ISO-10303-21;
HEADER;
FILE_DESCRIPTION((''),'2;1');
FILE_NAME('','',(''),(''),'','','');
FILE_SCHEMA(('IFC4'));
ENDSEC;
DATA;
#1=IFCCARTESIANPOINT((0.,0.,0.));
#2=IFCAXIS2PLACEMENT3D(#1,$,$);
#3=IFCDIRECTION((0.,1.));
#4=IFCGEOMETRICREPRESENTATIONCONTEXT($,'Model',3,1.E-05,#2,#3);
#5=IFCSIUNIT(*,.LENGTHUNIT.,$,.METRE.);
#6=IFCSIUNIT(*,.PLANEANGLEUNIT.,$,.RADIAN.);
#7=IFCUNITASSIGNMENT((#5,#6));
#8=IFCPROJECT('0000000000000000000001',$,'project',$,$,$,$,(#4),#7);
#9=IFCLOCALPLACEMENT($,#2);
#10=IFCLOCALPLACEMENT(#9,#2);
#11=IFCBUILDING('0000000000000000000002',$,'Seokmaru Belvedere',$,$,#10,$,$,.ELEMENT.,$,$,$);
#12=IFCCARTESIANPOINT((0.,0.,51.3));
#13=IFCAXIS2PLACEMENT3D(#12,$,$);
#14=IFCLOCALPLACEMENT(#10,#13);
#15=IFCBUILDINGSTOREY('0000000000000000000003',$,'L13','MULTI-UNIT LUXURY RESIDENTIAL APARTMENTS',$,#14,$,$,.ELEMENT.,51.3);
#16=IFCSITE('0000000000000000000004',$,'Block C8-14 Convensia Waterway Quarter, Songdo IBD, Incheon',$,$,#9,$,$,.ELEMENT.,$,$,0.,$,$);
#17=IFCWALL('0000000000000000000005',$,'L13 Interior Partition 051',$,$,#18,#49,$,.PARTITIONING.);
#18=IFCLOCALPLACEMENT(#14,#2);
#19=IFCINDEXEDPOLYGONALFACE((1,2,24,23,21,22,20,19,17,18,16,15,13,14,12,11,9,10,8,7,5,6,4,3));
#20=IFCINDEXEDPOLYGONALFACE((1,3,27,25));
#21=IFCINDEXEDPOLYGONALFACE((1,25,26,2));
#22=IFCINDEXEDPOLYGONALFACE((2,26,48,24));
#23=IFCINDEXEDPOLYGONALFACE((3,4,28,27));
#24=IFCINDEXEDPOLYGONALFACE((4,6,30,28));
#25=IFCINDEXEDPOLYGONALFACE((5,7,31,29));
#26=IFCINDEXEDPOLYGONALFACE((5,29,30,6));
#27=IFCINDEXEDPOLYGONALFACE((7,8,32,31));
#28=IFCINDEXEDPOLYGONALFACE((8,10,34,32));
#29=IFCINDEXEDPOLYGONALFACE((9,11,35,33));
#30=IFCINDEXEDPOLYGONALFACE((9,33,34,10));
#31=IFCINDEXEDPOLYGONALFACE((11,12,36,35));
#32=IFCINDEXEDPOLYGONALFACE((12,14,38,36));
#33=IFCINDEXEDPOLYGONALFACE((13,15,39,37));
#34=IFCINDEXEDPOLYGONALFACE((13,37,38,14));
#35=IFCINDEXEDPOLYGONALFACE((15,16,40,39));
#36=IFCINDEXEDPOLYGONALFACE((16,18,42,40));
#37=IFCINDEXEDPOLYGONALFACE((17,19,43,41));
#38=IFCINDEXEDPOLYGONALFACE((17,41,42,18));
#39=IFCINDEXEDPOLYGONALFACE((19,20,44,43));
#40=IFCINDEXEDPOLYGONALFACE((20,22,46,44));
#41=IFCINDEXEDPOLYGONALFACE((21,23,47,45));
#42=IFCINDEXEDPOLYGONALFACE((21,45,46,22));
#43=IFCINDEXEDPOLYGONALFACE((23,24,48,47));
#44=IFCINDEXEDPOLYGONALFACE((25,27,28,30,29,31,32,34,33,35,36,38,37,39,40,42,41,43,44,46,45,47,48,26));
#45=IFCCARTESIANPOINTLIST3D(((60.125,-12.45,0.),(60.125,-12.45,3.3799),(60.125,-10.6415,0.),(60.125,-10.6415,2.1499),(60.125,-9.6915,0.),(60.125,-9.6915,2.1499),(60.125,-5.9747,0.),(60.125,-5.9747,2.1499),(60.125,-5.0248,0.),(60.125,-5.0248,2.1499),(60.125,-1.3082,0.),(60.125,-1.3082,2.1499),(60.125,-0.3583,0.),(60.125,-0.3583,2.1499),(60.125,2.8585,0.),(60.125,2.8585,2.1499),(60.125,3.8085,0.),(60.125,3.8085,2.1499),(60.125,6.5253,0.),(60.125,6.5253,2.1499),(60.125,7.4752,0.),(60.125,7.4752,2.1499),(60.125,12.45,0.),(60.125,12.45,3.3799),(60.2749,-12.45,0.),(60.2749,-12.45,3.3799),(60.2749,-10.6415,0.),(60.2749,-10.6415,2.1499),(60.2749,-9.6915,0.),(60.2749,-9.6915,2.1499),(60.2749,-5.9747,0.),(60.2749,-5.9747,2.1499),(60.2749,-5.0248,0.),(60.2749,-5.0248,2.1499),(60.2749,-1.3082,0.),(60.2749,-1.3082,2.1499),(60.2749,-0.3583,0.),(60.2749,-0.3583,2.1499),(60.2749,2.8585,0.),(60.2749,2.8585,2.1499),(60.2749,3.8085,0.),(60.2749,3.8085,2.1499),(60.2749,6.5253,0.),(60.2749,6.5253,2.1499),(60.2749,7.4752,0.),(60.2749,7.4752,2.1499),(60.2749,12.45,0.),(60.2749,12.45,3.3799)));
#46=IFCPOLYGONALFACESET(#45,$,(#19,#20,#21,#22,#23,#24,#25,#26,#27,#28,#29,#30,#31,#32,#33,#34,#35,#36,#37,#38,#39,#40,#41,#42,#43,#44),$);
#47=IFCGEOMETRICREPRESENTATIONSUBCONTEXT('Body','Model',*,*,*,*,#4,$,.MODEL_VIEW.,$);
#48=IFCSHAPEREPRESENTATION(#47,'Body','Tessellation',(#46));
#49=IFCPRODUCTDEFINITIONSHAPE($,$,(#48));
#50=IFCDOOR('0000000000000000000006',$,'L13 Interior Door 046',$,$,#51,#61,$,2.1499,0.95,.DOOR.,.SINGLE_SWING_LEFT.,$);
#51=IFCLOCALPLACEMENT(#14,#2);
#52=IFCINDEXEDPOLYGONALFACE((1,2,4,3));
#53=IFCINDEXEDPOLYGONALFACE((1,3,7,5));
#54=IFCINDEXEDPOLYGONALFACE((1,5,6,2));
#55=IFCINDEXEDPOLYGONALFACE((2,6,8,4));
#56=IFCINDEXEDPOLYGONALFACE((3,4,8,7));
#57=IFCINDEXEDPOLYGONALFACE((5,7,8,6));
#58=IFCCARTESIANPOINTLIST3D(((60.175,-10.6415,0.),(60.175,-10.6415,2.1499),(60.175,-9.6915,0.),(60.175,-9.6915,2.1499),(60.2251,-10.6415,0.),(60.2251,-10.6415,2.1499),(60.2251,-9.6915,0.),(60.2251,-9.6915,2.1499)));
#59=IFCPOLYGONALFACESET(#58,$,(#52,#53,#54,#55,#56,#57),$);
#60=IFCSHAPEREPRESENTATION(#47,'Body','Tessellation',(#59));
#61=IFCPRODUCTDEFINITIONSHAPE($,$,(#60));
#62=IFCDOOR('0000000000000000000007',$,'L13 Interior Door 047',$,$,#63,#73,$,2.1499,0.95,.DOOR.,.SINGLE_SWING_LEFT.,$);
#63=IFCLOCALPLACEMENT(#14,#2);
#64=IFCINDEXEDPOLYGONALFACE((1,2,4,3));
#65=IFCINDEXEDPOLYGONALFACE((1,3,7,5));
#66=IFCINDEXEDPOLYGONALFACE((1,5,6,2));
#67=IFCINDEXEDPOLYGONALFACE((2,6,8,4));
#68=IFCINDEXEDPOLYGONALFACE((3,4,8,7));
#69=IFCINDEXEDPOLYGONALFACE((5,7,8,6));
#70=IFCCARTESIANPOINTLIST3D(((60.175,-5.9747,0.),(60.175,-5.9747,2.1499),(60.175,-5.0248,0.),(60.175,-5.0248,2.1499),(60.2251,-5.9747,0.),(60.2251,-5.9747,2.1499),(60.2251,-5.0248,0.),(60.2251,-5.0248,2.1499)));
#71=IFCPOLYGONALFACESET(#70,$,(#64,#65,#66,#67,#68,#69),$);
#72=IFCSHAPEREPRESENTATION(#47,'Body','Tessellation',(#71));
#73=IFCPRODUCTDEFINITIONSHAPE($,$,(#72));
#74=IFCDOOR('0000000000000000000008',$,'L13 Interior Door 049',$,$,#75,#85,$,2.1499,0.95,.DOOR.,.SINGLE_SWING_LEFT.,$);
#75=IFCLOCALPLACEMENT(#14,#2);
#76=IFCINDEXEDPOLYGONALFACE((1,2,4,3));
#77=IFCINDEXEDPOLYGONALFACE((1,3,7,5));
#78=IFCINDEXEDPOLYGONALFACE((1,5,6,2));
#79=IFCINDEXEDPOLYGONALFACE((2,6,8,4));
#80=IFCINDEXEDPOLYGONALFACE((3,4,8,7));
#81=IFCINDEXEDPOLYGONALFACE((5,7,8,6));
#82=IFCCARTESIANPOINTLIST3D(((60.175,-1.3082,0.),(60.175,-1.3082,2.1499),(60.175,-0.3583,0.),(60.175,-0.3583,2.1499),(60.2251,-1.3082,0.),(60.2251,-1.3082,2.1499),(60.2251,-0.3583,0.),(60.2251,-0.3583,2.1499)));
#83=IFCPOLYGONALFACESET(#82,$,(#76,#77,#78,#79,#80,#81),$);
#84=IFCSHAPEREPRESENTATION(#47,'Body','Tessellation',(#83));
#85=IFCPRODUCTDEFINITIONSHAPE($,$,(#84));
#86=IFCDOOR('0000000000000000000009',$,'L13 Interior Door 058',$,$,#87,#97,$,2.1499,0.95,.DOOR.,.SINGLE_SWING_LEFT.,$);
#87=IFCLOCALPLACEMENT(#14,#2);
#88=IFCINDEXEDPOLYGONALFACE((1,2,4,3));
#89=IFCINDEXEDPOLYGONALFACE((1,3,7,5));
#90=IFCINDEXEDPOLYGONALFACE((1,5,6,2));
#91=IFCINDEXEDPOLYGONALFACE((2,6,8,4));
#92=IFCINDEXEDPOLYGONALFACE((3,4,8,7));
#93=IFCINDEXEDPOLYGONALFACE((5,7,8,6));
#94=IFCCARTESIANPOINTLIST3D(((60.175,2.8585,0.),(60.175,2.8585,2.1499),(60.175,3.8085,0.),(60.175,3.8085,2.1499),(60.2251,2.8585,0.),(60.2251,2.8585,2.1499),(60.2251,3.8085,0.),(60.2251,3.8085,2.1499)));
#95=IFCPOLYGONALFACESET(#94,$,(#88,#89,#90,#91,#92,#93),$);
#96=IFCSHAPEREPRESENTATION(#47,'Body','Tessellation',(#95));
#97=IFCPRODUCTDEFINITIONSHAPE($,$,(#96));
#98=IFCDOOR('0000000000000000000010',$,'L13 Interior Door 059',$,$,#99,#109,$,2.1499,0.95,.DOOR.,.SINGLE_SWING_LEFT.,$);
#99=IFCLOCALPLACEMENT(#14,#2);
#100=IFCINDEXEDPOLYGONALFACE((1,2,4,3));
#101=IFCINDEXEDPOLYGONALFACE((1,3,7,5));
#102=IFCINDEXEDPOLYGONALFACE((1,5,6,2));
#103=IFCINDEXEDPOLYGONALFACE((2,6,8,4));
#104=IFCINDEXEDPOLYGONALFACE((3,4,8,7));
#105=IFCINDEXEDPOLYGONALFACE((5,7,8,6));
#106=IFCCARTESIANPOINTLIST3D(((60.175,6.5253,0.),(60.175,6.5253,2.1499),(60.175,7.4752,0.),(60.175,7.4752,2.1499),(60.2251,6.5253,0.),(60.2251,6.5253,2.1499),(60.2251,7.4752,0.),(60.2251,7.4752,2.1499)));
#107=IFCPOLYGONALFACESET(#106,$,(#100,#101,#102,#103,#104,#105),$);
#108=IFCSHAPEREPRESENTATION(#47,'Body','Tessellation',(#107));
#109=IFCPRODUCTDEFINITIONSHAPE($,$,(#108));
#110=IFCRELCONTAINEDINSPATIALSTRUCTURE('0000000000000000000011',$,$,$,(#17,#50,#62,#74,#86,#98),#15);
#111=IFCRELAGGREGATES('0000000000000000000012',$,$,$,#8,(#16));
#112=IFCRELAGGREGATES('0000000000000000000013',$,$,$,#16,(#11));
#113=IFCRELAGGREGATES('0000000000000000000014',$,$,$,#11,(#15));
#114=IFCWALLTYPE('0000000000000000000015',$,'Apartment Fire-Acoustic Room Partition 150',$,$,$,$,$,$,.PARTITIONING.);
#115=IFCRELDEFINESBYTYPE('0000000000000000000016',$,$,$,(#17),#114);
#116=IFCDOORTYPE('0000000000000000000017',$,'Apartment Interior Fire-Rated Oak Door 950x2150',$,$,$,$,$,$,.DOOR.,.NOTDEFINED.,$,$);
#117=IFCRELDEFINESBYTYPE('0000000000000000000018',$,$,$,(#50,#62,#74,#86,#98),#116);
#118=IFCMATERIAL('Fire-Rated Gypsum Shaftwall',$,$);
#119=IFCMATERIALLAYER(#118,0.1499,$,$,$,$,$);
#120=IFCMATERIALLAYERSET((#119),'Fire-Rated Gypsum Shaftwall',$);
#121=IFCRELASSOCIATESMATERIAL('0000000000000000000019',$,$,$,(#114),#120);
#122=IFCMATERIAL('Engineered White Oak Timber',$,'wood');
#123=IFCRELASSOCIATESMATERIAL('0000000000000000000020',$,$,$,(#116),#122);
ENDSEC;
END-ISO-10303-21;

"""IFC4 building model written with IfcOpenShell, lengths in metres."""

from ifc_helpers import new_model, si_unit, direction, frame, frame_2d, origin, place, context, subcontext, project, spatial, rectangle, extrude, source, transform, mapped, material, layer, layer_set, type_object, type_shapes, element, fill, save


model = new_model("IFC4")

# Units and contexts
model_context = context("Model", 3, precision=1e-05, world=origin(), true_north=direction((0.0, 1.0)))
body_context = subcontext(model_context, "Body", "Model", "MODEL_VIEW")
ifc_project = project(units=[si_unit("LENGTHUNIT", "METRE"), si_unit("PLANEANGLEUNIT", "RADIAN")], contexts=[model_context])

# Site, building, storey
site_placement = place(None, origin())
site = spatial("IfcSite", under=ifc_project, at=site_placement, Name="Block C8-14 Convensia Waterway Quarter, Songdo IBD, Incheon", CompositionType="ELEMENT", RefElevation=0.0)
building_placement = place(site_placement, origin())
building = spatial("IfcBuilding", under=site, at=building_placement, Name="Seokmaru Belvedere", CompositionType="ELEMENT")
storey_placement = place(building_placement, frame((0.0, 0.0, 51.3)))
storey = spatial("IfcBuildingStorey", under=building, at=storey_placement, Name="L13", Description="MULTI-UNIT LUXURY RESIDENTIAL APARTMENTS", CompositionType="ELEMENT", Elevation=51.3)

# Wall, openings, doors
ifc_material_1 = material(Name="Fire-Rated Gypsum Shaftwall")
ifc_layer_1 = layer(ifc_material_1, 0.1499)
ifc_layer_set_1 = layer_set([ifc_layer_1], Name="Fire-Rated Gypsum Shaftwall")
wall_type = type_object("IfcWallType", Name="Apartment Fire-Acoustic Room Partition 150", PredefinedType="PARTITIONING", material=ifc_layer_set_1)
ifc_material_2 = material(Name="Engineered White Oak Timber", Category="wood")
door_type = type_object("IfcDoorType", Name="Apartment Interior Fire-Rated Oak Door 950x2150", OperationType="NOTDEFINED", PredefinedType="DOOR", material=ifc_material_2)
shared_shape_1 = source(origin(), body_context, "Body", "SweptSolid", [
    extrude(rectangle(XDim=0.95, YDim=2.1499, at=frame_2d((0.4751, 1.075))), frame((0.0, 0.0249, 0.0), z_axis=(0.0, -1.0, 0.0), x_axis=(1.0, 0.0, 0.0)), (0.0, 0.0, 1.0), 0.05),
])
type_shapes(door_type, [shared_shape_1])
wall_1_placement = place(storey_placement, frame((60.2, -12.45, 0.0), z_axis=(0.0, 0.0, 1.0), x_axis=(0.0, 1.0, 0.0)))
wall_1 = element("IfcWall", 1, at=wall_1_placement, inside=storey, type_object=wall_type, Name="L13 Interior Partition 051", PredefinedType="PARTITIONING", context=body_context, shape_type="SweptSolid", body=[
    extrude(rectangle(XDim=24.8999, YDim=0.1499, at=frame_2d((12.45, 0.0))), origin(), (0.0, 0.0, 1.0), 3.3799),
])
opening_1_placement = place(wall_1_placement, frame((1.8083, 0.0, 0.0)))
opening_1 = element("IfcOpeningElement", 2, at=opening_1_placement, cuts=wall_1, PredefinedType="OPENING", context=body_context, shape_type="SweptSolid", body=[
    extrude(rectangle(XDim=0.95, YDim=2.1499, at=frame_2d((0.4751, 1.075))), frame((0.0, 0.085, 0.0), z_axis=(0.0, -1.0, 0.0), x_axis=(1.0, 0.0, 0.0)), (0.0, 0.0, 1.0), 0.1699),
])
opening_2_placement = place(wall_1_placement, frame((6.4751, 0.0, 0.0)))
opening_2 = element("IfcOpeningElement", 3, at=opening_2_placement, cuts=wall_1, PredefinedType="OPENING", context=body_context, shape_type="SweptSolid", body=[
    extrude(rectangle(XDim=0.95, YDim=2.1499, at=frame_2d((0.4751, 1.075))), frame((0.0, 0.085, 0.0), z_axis=(0.0, -1.0, 0.0), x_axis=(1.0, 0.0, 0.0)), (0.0, 0.0, 1.0), 0.1699),
])
opening_3_placement = place(wall_1_placement, frame((11.1416, 0.0, 0.0)))
opening_3 = element("IfcOpeningElement", 4, at=opening_3_placement, cuts=wall_1, PredefinedType="OPENING", context=body_context, shape_type="SweptSolid", body=[
    extrude(rectangle(XDim=0.95, YDim=2.1499, at=frame_2d((0.4751, 1.075))), frame((0.0, 0.085, 0.0), z_axis=(0.0, -1.0, 0.0), x_axis=(1.0, 0.0, 0.0)), (0.0, 0.0, 1.0), 0.1699),
])
opening_4_placement = place(wall_1_placement, frame((15.3083, 0.0, 0.0)))
opening_4 = element("IfcOpeningElement", 5, at=opening_4_placement, cuts=wall_1, PredefinedType="OPENING", context=body_context, shape_type="SweptSolid", body=[
    extrude(rectangle(XDim=0.95, YDim=2.1499, at=frame_2d((0.4751, 1.075))), frame((0.0, 0.085, 0.0), z_axis=(0.0, -1.0, 0.0), x_axis=(1.0, 0.0, 0.0)), (0.0, 0.0, 1.0), 0.1699),
])
opening_5_placement = place(wall_1_placement, frame((18.9751, 0.0, 0.0)))
opening_5 = element("IfcOpeningElement", 6, at=opening_5_placement, cuts=wall_1, PredefinedType="OPENING", context=body_context, shape_type="SweptSolid", body=[
    extrude(rectangle(XDim=0.95, YDim=2.1499, at=frame_2d((0.4751, 1.075))), frame((0.0, 0.085, 0.0), z_axis=(0.0, -1.0, 0.0), x_axis=(1.0, 0.0, 0.0)), (0.0, 0.0, 1.0), 0.1699),
])
door_1_placement = place(opening_1_placement, origin())
door_1 = element("IfcDoor", 7, at=door_1_placement, inside=storey, type_object=door_type, Name="L13 Interior Door 046", OperationType="SINGLE_SWING_LEFT", OverallHeight=2.1499, OverallWidth=0.95, PredefinedType="DOOR", context=body_context, shape_type="MappedRepresentation", body=[
    mapped(shared_shape_1, transform((0.0, 0.0, 0.0), scale=1.0)),
])
fill(opening_1, door_1)
door_2_placement = place(opening_2_placement, origin())
door_2 = element("IfcDoor", 8, at=door_2_placement, inside=storey, type_object=door_type, Name="L13 Interior Door 047", OperationType="SINGLE_SWING_LEFT", OverallHeight=2.1499, OverallWidth=0.95, PredefinedType="DOOR", context=body_context, shape_type="MappedRepresentation", body=[
    mapped(shared_shape_1, transform((0.0, 0.0, 0.0), scale=1.0)),
])
fill(opening_2, door_2)
door_3_placement = place(opening_3_placement, origin())
door_3 = element("IfcDoor", 9, at=door_3_placement, inside=storey, type_object=door_type, Name="L13 Interior Door 049", OperationType="SINGLE_SWING_LEFT", OverallHeight=2.1499, OverallWidth=0.95, PredefinedType="DOOR", context=body_context, shape_type="MappedRepresentation", body=[
    mapped(shared_shape_1, transform((0.0, 0.0, 0.0), scale=1.0)),
])
fill(opening_3, door_3)
door_4_placement = place(opening_4_placement, origin())
door_4 = element("IfcDoor", 10, at=door_4_placement, inside=storey, type_object=door_type, Name="L13 Interior Door 058", OperationType="SINGLE_SWING_LEFT", OverallHeight=2.1499, OverallWidth=0.95, PredefinedType="DOOR", context=body_context, shape_type="MappedRepresentation", body=[
    mapped(shared_shape_1, transform((0.0, 0.0, 0.0), scale=1.0)),
])
fill(opening_4, door_4)
door_5_placement = place(opening_5_placement, origin())
door_5 = element("IfcDoor", 11, at=door_5_placement, inside=storey, type_object=door_type, Name="L13 Interior Door 059", OperationType="SINGLE_SWING_LEFT", OverallHeight=2.1499, OverallWidth=0.95, PredefinedType="DOOR", context=body_context, shape_type="MappedRepresentation", body=[
    mapped(shared_shape_1, transform((0.0, 0.0, 0.0), scale=1.0)),
])
fill(opening_5, door_5)

save(model, "model.ifc")
